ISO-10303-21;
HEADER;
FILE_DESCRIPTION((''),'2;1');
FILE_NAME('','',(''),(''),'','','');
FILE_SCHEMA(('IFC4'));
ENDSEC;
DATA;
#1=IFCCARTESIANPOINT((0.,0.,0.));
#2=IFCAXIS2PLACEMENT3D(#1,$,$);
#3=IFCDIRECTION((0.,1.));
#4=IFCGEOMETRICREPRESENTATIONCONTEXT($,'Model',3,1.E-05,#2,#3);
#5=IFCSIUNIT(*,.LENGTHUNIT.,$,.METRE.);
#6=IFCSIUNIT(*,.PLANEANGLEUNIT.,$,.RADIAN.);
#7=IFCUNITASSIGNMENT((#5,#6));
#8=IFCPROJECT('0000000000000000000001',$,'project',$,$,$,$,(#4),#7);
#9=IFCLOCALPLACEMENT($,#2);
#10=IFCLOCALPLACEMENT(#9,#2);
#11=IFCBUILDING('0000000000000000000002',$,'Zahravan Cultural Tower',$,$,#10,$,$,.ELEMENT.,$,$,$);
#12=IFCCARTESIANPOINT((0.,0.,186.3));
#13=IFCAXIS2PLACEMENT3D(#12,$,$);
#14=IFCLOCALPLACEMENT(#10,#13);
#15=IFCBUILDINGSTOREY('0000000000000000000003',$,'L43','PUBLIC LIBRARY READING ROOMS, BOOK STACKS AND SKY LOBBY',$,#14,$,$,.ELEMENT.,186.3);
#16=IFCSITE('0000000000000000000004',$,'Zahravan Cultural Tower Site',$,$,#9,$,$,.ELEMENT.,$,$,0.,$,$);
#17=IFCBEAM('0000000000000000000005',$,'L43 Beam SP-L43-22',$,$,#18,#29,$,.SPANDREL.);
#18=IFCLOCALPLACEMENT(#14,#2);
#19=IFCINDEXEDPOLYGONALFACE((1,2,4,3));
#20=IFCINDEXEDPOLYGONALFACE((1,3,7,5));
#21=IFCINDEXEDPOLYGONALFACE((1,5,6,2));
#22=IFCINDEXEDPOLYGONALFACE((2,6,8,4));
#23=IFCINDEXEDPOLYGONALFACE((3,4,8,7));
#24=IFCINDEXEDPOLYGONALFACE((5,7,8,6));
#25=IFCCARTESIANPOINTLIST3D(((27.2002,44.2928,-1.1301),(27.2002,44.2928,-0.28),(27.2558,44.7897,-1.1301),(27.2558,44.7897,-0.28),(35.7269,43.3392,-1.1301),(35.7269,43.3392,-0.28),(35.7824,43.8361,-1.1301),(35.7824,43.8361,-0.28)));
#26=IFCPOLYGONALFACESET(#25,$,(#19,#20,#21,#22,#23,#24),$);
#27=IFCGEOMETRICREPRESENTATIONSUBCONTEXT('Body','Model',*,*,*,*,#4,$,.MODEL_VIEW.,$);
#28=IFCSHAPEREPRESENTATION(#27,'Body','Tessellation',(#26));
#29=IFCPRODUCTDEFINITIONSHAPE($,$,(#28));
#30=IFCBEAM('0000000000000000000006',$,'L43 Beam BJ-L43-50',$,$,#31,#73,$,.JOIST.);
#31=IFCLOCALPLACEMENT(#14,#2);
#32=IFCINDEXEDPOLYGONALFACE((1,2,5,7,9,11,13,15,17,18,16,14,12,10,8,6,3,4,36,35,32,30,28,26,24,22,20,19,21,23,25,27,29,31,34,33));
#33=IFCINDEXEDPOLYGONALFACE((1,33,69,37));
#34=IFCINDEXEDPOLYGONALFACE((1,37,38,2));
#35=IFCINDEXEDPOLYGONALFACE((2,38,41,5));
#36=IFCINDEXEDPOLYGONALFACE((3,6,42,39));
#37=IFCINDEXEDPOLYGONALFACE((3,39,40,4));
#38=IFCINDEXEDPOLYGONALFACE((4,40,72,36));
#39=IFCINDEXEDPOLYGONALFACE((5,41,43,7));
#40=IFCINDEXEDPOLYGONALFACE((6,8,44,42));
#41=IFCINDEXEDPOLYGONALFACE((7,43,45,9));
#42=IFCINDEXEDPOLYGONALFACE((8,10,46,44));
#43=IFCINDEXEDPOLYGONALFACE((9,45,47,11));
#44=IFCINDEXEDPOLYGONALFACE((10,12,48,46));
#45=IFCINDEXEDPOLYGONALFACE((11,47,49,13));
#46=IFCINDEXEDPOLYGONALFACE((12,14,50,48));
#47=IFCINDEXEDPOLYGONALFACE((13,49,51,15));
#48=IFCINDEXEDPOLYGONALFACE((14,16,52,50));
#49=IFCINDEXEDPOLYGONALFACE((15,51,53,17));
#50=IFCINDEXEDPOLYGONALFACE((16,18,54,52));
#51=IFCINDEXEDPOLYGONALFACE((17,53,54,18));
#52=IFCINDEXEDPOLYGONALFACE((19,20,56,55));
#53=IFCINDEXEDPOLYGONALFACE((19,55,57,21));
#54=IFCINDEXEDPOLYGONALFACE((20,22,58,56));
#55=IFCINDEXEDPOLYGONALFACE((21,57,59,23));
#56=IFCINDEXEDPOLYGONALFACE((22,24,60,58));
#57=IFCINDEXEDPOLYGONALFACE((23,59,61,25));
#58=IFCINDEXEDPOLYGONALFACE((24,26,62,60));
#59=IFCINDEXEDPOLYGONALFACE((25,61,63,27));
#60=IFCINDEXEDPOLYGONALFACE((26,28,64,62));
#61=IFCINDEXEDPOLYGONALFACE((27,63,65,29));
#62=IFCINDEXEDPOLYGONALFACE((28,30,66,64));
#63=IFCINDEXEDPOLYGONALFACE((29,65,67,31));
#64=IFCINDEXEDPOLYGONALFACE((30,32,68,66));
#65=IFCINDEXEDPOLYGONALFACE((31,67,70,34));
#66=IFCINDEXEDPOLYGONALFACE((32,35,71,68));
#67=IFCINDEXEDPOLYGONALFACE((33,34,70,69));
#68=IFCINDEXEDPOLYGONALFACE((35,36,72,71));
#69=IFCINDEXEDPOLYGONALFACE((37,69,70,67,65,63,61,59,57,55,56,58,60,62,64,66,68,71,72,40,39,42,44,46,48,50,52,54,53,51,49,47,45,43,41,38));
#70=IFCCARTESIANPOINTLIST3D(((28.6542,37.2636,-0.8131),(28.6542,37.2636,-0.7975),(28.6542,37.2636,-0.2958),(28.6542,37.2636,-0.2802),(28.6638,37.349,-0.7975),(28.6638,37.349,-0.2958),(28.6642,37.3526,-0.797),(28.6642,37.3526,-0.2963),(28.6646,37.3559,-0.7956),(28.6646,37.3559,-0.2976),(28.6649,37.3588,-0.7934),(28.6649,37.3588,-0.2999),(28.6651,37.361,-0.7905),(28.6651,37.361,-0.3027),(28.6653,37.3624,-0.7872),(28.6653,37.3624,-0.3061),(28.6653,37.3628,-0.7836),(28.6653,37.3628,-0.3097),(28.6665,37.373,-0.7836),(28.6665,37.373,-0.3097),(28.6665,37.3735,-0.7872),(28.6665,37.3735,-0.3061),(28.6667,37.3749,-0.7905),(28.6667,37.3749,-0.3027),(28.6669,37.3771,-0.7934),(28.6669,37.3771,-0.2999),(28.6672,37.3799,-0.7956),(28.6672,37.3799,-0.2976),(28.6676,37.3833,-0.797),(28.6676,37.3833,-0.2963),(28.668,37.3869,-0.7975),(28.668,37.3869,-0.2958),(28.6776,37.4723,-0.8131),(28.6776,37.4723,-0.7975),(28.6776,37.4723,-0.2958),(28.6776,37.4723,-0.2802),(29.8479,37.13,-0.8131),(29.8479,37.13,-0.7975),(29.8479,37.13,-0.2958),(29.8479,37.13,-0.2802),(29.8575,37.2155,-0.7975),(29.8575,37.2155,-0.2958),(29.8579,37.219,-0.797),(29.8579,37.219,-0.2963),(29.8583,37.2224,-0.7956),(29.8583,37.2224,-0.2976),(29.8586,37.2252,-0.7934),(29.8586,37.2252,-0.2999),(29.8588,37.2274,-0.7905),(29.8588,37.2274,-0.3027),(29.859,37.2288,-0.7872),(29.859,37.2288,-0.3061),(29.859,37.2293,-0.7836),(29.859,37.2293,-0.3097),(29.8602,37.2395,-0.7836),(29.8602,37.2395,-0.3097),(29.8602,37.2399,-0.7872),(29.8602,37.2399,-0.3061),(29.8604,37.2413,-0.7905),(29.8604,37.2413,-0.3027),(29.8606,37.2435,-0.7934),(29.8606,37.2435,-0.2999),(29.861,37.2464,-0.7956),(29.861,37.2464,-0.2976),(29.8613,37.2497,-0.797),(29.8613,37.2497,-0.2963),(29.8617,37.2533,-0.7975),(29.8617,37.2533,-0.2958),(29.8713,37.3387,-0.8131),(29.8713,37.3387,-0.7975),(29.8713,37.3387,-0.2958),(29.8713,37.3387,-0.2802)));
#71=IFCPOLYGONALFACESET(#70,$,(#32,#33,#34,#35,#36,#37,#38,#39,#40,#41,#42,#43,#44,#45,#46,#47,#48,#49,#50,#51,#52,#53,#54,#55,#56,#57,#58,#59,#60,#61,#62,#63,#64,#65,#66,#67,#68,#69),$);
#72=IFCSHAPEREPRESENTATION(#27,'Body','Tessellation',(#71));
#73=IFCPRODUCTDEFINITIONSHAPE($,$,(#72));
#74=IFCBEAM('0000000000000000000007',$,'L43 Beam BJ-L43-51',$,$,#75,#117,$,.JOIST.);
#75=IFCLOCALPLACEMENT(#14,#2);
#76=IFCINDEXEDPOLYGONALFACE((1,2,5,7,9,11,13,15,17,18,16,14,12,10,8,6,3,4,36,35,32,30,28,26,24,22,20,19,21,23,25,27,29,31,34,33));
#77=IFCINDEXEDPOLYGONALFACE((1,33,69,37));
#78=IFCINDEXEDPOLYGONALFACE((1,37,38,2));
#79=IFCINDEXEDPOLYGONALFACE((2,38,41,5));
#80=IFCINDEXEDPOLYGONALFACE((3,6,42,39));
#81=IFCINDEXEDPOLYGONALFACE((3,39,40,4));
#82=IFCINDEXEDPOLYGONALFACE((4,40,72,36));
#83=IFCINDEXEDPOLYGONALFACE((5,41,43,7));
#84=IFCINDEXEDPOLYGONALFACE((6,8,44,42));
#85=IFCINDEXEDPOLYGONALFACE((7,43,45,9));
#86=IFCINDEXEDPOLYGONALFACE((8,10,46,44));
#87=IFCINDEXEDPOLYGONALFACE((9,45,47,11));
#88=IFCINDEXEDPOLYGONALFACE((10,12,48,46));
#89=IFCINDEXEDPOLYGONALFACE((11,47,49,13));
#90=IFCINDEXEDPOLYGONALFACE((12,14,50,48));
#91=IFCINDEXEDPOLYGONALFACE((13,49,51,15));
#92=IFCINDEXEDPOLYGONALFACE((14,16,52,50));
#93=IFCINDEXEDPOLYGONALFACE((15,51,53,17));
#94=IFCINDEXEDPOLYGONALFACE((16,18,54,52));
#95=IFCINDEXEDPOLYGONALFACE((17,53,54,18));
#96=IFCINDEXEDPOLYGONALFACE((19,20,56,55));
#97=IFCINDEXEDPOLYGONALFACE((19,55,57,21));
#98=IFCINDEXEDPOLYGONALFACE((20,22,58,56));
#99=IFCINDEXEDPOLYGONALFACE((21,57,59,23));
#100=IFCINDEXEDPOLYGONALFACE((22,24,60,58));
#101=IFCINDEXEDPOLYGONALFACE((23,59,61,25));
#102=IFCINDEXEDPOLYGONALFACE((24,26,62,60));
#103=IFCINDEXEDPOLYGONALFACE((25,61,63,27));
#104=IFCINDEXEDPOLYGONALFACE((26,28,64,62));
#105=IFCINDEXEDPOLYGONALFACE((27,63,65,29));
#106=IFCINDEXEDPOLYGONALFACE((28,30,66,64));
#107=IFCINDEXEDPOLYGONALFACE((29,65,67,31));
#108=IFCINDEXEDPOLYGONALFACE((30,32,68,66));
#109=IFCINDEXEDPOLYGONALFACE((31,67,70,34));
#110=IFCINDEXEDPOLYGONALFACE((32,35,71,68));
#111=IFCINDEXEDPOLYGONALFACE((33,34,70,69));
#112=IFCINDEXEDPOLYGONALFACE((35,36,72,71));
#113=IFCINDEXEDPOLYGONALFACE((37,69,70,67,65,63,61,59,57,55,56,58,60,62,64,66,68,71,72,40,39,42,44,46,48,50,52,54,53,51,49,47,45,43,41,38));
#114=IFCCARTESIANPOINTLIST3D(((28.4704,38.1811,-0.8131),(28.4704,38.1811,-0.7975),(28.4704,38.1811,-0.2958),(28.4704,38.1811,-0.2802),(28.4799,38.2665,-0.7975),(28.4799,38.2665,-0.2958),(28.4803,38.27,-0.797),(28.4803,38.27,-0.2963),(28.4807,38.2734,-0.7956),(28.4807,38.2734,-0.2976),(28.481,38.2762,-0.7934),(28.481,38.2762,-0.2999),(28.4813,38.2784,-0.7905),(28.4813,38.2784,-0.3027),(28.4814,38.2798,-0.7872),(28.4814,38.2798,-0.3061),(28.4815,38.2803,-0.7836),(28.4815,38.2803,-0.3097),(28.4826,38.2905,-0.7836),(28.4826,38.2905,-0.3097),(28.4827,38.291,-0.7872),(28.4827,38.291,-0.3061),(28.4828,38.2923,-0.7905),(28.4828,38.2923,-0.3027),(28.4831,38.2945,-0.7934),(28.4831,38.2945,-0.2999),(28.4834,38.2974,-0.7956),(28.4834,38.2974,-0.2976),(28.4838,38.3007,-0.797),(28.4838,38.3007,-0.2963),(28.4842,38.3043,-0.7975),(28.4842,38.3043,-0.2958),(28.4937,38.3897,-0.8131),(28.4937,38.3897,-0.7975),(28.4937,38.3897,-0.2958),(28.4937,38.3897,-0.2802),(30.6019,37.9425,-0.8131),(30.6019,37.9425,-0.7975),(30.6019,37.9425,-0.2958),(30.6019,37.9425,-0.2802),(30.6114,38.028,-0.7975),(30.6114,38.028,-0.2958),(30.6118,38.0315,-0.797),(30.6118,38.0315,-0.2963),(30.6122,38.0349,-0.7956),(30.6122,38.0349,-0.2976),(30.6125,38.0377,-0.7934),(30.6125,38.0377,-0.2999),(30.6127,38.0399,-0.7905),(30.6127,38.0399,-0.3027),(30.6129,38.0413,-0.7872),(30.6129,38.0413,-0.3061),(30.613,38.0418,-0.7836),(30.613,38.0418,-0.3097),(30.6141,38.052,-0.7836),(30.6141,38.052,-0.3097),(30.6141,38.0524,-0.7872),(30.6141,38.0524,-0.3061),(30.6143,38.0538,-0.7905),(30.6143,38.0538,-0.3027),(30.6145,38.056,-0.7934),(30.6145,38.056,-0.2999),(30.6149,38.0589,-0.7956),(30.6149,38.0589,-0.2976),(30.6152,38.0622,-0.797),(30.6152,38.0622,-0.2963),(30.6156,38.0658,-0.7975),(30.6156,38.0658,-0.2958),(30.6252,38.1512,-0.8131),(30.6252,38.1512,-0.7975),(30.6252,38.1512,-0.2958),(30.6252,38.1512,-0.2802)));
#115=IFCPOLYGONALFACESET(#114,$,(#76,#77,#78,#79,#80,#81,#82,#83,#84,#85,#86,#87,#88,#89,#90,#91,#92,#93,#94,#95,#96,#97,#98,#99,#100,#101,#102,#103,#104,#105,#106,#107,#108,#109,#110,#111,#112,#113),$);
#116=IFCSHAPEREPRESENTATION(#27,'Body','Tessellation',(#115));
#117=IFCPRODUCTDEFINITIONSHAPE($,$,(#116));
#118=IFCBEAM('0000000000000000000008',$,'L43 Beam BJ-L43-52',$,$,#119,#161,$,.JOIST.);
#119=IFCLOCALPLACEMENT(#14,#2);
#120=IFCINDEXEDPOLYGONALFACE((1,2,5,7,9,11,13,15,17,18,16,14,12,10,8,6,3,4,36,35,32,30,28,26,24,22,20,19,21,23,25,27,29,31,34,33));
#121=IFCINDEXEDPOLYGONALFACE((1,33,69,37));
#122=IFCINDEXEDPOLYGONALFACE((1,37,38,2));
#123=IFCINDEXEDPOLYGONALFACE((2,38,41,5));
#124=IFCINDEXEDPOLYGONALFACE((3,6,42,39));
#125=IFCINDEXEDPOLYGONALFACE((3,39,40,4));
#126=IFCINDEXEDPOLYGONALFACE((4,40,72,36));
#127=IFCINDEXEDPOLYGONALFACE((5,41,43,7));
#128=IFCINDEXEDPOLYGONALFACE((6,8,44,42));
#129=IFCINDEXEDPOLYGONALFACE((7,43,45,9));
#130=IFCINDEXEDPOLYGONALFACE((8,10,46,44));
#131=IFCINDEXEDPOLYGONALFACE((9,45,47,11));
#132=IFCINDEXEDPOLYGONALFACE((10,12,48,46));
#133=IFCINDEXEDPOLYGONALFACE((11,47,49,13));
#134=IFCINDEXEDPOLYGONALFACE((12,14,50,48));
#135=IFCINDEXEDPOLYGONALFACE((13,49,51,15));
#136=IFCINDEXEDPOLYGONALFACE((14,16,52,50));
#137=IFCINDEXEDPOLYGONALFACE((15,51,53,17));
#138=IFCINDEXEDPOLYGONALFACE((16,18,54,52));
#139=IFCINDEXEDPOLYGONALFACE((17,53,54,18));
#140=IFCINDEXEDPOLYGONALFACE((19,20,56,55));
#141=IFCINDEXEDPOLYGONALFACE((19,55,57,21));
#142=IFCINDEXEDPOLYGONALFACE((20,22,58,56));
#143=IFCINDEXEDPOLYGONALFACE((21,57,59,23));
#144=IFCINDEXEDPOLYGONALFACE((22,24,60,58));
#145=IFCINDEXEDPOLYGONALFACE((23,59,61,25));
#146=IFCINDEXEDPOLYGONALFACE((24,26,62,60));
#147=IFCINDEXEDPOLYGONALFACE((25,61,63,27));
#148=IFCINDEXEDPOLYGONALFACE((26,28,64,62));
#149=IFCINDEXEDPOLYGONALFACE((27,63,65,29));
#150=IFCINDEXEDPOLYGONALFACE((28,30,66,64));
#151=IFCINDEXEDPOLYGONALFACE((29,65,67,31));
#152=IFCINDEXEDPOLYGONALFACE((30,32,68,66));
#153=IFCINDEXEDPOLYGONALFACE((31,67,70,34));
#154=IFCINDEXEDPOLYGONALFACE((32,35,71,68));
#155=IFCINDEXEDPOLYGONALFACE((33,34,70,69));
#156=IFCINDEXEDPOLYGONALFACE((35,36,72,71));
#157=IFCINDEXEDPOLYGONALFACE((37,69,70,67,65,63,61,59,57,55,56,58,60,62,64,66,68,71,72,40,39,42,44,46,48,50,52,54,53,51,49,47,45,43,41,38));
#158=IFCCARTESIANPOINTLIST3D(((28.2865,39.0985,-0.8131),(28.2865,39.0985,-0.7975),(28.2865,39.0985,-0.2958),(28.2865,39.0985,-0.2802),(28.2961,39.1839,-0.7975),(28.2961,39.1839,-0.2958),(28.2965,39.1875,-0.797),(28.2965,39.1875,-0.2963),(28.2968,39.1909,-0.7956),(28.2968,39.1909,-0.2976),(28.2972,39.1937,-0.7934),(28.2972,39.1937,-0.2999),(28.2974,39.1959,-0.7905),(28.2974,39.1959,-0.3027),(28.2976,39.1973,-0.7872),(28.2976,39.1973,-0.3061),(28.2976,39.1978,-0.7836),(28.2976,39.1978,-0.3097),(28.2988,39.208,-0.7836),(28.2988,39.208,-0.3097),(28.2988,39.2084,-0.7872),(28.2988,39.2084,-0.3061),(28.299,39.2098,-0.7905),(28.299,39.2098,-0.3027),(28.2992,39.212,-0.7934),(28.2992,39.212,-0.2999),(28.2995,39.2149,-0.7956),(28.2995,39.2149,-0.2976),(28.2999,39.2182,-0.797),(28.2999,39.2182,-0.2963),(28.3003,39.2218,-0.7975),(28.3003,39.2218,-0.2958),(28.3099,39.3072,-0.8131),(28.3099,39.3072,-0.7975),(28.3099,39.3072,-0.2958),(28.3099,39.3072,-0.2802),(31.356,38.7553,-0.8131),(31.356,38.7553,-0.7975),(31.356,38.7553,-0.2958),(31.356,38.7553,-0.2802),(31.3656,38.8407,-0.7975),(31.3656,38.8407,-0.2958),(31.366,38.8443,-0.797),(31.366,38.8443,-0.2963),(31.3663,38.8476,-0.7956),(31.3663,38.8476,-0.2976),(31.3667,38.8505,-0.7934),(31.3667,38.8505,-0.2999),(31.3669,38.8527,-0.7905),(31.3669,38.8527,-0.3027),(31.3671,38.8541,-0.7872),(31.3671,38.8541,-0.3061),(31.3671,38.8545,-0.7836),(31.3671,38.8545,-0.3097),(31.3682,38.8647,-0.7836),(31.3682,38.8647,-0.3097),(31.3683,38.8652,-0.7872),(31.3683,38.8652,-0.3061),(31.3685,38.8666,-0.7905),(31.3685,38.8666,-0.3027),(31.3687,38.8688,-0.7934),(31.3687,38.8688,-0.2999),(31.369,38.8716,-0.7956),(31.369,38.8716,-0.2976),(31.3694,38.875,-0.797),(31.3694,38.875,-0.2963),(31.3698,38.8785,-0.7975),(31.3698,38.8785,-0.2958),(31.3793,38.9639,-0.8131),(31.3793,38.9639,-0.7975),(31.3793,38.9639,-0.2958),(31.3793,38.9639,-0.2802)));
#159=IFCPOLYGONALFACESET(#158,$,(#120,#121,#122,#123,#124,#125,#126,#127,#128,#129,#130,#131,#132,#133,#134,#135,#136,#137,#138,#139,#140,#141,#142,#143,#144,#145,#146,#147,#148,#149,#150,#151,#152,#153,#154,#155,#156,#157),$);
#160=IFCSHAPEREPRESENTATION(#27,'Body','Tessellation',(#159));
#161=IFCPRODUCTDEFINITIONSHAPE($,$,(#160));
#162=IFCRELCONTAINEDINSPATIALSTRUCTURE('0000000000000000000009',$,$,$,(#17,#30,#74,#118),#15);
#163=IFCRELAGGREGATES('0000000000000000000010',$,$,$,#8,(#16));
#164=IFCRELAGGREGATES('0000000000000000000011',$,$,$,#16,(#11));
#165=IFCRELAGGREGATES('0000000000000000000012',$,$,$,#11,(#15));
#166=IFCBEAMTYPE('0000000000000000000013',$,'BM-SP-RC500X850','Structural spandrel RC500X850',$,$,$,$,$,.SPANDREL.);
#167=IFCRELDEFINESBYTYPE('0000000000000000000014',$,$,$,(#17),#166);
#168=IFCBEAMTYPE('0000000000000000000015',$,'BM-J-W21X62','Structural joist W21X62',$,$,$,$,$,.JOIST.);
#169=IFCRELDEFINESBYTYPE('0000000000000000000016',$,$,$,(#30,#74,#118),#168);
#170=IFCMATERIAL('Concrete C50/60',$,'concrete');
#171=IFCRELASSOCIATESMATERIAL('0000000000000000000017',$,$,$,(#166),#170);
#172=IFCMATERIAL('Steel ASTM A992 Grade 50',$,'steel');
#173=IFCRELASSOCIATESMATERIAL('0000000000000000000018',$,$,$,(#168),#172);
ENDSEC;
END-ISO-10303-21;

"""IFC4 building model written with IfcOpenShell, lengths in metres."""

from ifc_helpers import new_model, si_unit, direction, frame, origin, origin_2d, place, context, subcontext, project, spatial, rectangle, i_section, extrude, source, transform, mapped, material, material_profile, profile_set, type_object, element, save


model = new_model("IFC4")

# Units and contexts
model_context = context("Model", 3, precision=1e-05, world=origin(), true_north=direction((0.0, 1.0)))
body_context = subcontext(model_context, "Body", "Model", "MODEL_VIEW")
ifc_project = project(units=[si_unit("LENGTHUNIT", "METRE"), si_unit("PLANEANGLEUNIT", "RADIAN")], contexts=[model_context])

# Site, building, storey
site_placement = place(None, origin())
site = spatial("IfcSite", under=ifc_project, at=site_placement, Name="Zahravan Cultural Tower Site", CompositionType="ELEMENT", RefElevation=0.0)
building_placement = place(site_placement, origin())
building = spatial("IfcBuilding", under=site, at=building_placement, Name="Zahravan Cultural Tower", CompositionType="ELEMENT")
storey_placement = place(building_placement, frame((0.0, 0.0, 186.3)))
storey = spatial("IfcBuildingStorey", under=building, at=storey_placement, Name="L43", Description="PUBLIC LIBRARY READING ROOMS, BOOK STACKS AND SKY LOBBY", CompositionType="ELEMENT", Elevation=186.3)

# Shared definitions
ifc_material_1 = material(Name="Steel ASTM A992 Grade 50", Category="steel")

# Beams
ifc_material_2 = material(Name="Concrete C50/60", Category="concrete")
ifc_material_profile_1 = material_profile(ifc_material_2, rectangle(XDim=0.5, YDim=0.8501, at=origin_2d()), Name="RC500X850")
ifc_profile_set_1 = profile_set([ifc_material_profile_1], Name="Concrete C50/60")
beam_type_1 = type_object("IfcBeamType", Name="BM-SP-RC500X850", Description="Structural spandrel RC500X850", PredefinedType="SPANDREL", material=ifc_profile_set_1)
shared_shape_1 = source(origin(), body_context, "Body", "SweptSolid", [
    extrude(rectangle(XDim=0.5, YDim=0.8501, at=origin_2d()), origin(), (0.0, 0.0, 1.0), 8.5798),
])
beam_1_placement = place(storey_placement, frame((35.7546, 43.5876, -0.7051), z_axis=(-0.993804, 0.111147, 0.0), x_axis=(-0.111147, -0.993804, 0.0)))
element("IfcBeam", 1, at=beam_1_placement, inside=storey, type_object=beam_type_1, Name="L43 Beam SP-L43-22", PredefinedType="SPANDREL", context=body_context, shape_type="MappedRepresentation", body=[
    mapped(shared_shape_1, transform((0.0, 0.0, 0.0), x_axis=(1.0, 0.0, 0.0), y_axis=(0.0, 1.0, 0.0), z_axis=(0.0, 0.0, 1.0), scale=1.0)),
])
ifc_material_profile_2 = material_profile(ifc_material_1, i_section(OverallWidth=0.21, OverallDepth=0.533, WebThickness=0.0103, FlangeThickness=0.0156, FilletRadius=0.0139, at=origin_2d()), Name="W21X62")
ifc_profile_set_2 = profile_set([ifc_material_profile_2], Name="Steel ASTM A992 Grade 50")
beam_type_2 = type_object("IfcBeamType", Name="BM-J-W21X62", Description="Structural joist W21X62", PredefinedType="JOIST", material=ifc_profile_set_2)
shared_shape_2 = source(origin(), body_context, "Body", "SweptSolid", [
    extrude(i_section(OverallWidth=0.21, OverallDepth=0.533, WebThickness=0.0103, FlangeThickness=0.0156, FilletRadius=0.0139, at=origin_2d()), origin(), (0.0, 0.0, 1.0), 1.2012),
])
beam_2_placement = place(storey_placement, frame((29.8596, 37.2344, -0.5466), z_axis=(-0.993799, 0.11119, 0.0), x_axis=(-0.11119, -0.993799, 0.0)))
element("IfcBeam", 2, at=beam_2_placement, inside=storey, type_object=beam_type_2, Name="L43 Beam BJ-L43-50", PredefinedType="JOIST", context=body_context, shape_type="MappedRepresentation", body=[
    mapped(shared_shape_2, transform((0.0, 0.0, 0.0), x_axis=(1.0, 0.0, 0.0), y_axis=(0.0, 1.0, 0.0), z_axis=(0.0, 0.0, 1.0), scale=1.0)),
])
shared_shape_3 = source(origin(), body_context, "Body", "SweptSolid", [
    extrude(i_section(OverallWidth=0.21, OverallDepth=0.533, WebThickness=0.0103, FlangeThickness=0.0156, FilletRadius=0.0139, at=origin_2d()), origin(), (0.0, 0.0, 1.0), 2.1448),
])
beam_3_placement = place(storey_placement, frame((30.6135, 38.0469, -0.5466), z_axis=(-0.993797, 0.111206, 0.0), x_axis=(-0.111206, -0.993797, 0.0)))
element("IfcBeam", 3, at=beam_3_placement, inside=storey, type_object=beam_type_2, Name="L43 Beam BJ-L43-51", PredefinedType="JOIST", context=body_context, shape_type="MappedRepresentation", body=[
    mapped(shared_shape_3, transform((0.0, 0.0, 0.0), x_axis=(1.0, 0.0, 0.0), y_axis=(0.0, 1.0, 0.0), z_axis=(0.0, 0.0, 1.0), scale=1.0)),
])
shared_shape_4 = source(origin(), body_context, "Body", "SweptSolid", [
    extrude(i_section(OverallWidth=0.21, OverallDepth=0.533, WebThickness=0.0103, FlangeThickness=0.0156, FilletRadius=0.0139, at=origin_2d()), origin(), (0.0, 0.0, 1.0), 3.0886),
])
beam_4_placement = place(storey_placement, frame((31.3677, 38.8596, -0.5466), z_axis=(-0.993805, 0.111134, 0.0), x_axis=(-0.111134, -0.993805, 0.0)))
element("IfcBeam", 4, at=beam_4_placement, inside=storey, type_object=beam_type_2, Name="L43 Beam BJ-L43-52", PredefinedType="JOIST", context=body_context, shape_type="MappedRepresentation", body=[
    mapped(shared_shape_4, transform((0.0, 0.0, 0.0), x_axis=(1.0, 0.0, 0.0), y_axis=(0.0, 1.0, 0.0), z_axis=(0.0, 0.0, 1.0), scale=1.0)),
])

save(model, "model.ifc")
